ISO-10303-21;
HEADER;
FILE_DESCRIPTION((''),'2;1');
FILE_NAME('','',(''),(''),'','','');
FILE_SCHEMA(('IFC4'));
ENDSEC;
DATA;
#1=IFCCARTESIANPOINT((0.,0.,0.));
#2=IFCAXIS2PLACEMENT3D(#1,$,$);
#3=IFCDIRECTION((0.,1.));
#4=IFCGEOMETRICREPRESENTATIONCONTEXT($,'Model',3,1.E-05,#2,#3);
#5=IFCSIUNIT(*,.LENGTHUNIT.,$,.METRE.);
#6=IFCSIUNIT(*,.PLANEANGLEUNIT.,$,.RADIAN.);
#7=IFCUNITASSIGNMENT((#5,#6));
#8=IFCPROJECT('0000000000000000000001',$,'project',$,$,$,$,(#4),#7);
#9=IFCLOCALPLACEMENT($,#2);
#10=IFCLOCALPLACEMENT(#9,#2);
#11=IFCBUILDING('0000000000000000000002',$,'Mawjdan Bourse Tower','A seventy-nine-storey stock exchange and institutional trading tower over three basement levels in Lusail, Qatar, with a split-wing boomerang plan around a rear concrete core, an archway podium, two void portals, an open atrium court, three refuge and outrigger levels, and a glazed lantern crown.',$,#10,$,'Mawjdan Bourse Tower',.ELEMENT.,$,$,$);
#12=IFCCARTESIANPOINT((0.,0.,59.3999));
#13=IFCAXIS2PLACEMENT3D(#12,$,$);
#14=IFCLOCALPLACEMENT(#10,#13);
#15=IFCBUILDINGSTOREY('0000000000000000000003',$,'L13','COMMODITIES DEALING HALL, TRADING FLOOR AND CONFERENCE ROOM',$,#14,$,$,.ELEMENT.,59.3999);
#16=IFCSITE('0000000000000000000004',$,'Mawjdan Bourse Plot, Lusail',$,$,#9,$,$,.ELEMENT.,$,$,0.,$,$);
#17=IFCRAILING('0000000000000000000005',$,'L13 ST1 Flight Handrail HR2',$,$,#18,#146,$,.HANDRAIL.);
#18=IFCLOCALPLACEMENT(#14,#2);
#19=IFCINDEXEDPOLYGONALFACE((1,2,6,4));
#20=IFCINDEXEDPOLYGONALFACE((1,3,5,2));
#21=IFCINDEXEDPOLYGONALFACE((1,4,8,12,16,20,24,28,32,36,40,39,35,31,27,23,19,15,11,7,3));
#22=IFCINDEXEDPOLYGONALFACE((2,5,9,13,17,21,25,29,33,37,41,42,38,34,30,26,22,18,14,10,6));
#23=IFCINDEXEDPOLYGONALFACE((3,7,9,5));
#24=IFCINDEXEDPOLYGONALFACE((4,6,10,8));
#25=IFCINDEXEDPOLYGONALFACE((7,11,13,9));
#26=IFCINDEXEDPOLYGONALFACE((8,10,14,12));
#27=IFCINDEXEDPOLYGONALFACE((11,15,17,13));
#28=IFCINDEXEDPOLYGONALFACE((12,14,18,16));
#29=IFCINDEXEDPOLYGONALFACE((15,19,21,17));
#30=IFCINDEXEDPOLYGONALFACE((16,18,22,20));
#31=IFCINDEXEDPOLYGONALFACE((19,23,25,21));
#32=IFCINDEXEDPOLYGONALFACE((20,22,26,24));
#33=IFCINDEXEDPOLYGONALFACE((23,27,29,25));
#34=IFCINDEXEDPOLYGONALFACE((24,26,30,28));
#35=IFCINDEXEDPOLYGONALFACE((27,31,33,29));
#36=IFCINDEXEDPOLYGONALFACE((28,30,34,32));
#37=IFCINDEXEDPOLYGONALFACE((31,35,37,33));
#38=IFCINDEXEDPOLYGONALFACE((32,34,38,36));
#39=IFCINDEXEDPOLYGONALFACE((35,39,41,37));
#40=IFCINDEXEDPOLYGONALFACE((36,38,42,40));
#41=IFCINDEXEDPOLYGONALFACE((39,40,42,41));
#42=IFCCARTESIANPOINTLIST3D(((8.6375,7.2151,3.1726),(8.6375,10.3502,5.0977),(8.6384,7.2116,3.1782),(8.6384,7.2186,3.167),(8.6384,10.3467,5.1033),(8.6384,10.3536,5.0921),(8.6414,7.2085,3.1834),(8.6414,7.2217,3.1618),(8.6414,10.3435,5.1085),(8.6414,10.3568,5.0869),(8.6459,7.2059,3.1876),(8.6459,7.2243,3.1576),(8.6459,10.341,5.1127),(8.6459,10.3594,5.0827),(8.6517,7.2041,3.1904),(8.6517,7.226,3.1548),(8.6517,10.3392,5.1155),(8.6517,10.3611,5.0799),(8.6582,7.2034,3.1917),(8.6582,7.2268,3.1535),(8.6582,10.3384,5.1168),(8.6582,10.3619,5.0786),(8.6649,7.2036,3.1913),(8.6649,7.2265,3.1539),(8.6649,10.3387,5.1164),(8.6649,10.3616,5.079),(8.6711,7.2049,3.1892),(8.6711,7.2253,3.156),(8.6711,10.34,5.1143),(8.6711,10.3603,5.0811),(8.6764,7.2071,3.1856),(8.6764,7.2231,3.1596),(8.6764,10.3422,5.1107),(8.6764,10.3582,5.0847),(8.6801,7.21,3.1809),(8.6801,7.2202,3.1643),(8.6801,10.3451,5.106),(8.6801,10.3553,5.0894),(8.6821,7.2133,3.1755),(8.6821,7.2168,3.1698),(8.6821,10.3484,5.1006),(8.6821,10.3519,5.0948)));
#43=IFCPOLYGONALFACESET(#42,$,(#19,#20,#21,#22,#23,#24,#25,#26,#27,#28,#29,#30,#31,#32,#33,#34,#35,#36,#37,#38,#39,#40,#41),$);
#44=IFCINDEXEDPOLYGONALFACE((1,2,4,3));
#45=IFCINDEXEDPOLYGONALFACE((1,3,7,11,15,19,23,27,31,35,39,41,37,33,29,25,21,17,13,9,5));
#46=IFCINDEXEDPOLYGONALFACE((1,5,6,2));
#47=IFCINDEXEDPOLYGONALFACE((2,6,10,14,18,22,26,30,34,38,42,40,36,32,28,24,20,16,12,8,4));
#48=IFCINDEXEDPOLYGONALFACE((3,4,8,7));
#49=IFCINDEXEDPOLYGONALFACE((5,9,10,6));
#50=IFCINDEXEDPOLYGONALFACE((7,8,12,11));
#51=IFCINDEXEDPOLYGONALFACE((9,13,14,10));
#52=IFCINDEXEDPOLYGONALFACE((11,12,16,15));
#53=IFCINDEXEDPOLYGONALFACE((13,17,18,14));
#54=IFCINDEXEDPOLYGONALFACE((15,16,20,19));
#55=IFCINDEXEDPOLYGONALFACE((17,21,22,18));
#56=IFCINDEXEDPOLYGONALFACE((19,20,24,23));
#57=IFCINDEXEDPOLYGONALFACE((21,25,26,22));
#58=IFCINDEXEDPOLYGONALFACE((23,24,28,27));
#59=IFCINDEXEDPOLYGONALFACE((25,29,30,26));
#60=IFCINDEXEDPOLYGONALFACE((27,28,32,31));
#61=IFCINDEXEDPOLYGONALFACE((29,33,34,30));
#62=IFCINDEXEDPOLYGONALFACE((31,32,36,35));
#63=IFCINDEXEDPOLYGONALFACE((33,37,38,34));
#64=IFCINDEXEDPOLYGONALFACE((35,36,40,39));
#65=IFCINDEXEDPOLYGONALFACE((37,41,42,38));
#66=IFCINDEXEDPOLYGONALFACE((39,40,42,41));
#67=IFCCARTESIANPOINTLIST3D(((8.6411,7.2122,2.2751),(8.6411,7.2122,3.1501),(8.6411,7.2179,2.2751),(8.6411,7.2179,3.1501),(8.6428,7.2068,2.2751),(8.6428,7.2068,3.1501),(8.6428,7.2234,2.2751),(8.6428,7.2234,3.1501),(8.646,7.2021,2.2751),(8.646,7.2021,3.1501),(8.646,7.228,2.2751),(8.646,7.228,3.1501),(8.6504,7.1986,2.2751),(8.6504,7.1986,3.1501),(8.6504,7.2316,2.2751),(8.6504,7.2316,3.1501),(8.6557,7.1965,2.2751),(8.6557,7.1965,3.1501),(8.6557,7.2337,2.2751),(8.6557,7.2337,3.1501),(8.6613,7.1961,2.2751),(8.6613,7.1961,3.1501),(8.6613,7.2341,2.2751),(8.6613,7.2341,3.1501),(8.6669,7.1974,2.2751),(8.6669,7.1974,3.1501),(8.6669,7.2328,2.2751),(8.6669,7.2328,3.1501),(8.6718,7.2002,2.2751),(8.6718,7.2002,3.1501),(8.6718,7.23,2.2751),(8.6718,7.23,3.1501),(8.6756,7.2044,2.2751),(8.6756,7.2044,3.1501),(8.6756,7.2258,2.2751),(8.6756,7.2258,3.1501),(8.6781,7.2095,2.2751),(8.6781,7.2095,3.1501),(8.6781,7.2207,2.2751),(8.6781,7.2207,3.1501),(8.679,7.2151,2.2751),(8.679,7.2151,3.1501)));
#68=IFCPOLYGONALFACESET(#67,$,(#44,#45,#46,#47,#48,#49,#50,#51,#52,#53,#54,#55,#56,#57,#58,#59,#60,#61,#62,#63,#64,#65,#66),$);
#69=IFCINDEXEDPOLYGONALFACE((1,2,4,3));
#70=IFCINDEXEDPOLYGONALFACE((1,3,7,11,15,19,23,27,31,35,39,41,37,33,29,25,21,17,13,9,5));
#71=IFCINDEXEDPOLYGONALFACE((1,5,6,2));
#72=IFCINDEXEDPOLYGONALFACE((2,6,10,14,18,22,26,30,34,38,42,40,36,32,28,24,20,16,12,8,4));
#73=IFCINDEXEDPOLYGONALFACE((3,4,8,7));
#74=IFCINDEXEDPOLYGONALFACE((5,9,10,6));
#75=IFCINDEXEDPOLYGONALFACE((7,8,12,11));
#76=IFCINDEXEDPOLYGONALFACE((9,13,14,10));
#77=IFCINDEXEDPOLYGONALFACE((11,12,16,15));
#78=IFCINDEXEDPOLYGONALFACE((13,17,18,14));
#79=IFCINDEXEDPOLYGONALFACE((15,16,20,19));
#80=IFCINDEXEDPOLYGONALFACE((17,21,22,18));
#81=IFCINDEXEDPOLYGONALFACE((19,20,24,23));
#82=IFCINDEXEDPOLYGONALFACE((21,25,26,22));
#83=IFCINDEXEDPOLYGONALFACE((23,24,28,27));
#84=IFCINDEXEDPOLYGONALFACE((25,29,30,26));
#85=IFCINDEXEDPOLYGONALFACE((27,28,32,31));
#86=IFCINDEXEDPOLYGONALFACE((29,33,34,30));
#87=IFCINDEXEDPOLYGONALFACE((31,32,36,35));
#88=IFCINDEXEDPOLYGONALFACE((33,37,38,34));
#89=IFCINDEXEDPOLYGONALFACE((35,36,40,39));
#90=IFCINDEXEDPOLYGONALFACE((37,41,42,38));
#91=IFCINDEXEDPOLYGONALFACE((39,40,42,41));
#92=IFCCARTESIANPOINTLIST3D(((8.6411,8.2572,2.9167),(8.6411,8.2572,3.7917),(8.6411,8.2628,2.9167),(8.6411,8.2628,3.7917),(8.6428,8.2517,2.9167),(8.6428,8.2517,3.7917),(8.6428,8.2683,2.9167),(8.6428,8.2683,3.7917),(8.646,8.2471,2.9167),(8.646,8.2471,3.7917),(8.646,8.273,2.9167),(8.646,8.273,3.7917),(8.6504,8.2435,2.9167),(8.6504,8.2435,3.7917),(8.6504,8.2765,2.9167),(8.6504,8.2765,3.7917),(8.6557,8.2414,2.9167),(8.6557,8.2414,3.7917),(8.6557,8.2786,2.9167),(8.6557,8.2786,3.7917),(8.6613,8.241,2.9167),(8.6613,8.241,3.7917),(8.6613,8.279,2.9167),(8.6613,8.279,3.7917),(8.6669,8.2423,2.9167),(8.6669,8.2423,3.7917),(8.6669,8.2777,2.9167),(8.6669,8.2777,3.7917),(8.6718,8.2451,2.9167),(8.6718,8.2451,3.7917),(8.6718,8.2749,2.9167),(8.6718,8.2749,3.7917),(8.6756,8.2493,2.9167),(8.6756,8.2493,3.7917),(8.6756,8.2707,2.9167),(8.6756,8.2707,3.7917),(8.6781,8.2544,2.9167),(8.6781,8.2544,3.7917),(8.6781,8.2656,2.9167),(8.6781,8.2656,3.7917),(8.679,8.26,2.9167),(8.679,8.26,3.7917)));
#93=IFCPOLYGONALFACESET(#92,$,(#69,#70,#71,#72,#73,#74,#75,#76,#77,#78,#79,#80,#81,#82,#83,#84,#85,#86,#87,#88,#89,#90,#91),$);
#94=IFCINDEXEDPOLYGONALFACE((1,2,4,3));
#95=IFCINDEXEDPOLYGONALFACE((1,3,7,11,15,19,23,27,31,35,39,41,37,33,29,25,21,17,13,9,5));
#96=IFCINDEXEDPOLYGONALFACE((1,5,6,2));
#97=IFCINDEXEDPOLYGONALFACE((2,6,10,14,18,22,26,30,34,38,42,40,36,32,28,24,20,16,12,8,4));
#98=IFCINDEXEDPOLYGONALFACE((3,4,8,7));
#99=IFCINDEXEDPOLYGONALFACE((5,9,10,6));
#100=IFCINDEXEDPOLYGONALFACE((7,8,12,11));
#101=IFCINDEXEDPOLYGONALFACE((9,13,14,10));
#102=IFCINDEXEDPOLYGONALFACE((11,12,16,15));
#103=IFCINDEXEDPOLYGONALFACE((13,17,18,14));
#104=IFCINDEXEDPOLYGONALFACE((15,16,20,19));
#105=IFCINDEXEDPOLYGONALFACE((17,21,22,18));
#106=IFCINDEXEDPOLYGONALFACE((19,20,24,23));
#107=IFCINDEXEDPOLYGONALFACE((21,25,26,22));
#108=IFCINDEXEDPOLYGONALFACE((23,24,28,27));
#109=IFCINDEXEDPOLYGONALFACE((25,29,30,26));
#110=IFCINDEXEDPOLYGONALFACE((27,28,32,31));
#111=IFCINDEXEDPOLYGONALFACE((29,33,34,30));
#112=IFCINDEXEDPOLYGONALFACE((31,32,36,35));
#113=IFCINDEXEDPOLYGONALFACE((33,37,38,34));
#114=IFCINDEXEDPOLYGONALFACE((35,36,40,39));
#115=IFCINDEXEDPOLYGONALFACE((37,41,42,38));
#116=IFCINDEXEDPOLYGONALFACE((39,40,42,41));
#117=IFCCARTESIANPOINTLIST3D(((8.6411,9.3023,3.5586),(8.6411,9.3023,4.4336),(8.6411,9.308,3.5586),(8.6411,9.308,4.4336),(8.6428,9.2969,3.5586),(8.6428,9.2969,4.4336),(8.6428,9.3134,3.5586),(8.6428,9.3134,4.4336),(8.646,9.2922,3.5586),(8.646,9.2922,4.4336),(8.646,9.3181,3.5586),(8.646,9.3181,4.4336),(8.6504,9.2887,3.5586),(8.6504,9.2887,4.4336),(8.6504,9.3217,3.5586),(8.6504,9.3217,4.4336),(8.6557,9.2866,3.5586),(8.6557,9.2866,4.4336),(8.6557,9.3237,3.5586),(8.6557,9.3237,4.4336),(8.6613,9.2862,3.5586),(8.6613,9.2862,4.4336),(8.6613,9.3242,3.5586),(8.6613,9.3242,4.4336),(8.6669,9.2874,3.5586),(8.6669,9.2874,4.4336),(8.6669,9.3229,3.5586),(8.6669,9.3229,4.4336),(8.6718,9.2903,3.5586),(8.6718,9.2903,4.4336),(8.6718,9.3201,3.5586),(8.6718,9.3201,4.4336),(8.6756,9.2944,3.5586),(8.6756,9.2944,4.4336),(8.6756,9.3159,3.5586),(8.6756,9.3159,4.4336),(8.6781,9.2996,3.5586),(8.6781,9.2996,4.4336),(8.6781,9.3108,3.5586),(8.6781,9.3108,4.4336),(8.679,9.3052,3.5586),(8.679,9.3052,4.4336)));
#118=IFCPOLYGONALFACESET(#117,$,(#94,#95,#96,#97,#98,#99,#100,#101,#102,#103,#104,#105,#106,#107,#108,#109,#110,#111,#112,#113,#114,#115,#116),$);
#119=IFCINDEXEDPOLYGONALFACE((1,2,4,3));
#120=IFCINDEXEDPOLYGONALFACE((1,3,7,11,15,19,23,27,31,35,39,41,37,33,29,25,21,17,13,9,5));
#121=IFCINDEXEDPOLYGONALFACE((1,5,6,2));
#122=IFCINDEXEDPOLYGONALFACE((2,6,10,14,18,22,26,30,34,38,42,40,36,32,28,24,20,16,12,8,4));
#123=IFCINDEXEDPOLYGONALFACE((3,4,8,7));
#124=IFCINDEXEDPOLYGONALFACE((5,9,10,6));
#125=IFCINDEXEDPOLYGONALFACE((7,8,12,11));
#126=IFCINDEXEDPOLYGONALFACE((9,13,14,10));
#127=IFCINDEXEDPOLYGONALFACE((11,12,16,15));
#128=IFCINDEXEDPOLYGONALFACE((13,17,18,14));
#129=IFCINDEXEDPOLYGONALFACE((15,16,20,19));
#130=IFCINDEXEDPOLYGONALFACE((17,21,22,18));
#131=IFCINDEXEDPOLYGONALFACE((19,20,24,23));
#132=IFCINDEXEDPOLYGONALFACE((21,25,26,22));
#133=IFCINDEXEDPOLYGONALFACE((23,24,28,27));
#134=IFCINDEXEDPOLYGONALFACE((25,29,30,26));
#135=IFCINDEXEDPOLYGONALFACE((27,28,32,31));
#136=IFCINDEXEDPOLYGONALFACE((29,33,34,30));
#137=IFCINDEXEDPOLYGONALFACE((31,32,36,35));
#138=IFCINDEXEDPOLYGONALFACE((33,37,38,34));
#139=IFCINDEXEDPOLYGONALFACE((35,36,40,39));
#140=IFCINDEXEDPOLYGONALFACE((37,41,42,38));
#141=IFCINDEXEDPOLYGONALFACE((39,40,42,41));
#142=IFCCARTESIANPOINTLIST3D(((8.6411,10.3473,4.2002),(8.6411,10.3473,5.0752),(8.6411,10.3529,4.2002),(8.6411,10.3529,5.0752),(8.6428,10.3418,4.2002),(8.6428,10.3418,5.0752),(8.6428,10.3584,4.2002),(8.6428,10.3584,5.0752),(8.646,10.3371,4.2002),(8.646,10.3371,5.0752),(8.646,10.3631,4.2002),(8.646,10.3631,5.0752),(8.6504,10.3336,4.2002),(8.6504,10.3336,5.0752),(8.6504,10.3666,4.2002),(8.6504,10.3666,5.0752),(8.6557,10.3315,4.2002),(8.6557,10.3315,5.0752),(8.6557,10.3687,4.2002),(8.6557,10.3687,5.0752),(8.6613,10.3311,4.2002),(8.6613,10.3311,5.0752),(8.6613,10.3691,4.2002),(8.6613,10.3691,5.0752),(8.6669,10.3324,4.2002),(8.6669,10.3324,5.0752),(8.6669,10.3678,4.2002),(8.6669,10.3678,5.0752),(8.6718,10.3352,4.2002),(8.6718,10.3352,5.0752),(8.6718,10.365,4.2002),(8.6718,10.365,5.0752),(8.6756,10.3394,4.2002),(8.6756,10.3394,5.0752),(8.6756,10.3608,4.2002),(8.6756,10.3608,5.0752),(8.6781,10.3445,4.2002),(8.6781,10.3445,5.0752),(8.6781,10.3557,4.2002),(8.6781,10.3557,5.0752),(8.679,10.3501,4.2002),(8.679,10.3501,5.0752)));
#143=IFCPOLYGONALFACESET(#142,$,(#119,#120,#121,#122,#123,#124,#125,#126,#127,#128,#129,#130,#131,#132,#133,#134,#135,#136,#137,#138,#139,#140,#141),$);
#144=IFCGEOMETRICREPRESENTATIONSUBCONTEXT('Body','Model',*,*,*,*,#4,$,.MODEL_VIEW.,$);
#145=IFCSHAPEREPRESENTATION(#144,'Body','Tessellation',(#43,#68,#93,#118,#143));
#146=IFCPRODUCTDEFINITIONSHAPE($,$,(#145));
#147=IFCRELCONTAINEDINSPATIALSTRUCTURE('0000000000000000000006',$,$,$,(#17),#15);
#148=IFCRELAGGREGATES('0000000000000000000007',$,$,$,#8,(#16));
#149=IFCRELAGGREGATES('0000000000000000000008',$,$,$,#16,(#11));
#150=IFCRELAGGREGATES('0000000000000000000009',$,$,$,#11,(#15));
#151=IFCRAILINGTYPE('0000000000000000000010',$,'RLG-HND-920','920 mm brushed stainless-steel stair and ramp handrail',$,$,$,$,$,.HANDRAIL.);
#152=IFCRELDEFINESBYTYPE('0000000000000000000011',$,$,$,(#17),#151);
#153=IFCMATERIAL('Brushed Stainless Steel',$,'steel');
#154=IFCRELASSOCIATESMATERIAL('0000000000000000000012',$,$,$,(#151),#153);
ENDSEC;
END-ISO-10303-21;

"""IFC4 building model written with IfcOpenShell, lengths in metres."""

from ifc_helpers import new_model, si_unit, direction, frame, origin, origin_2d, place, context, subcontext, project, spatial, circle, extrude, material, type_object, element, save


model = new_model("IFC4")

# Units and contexts
model_context = context("Model", 3, precision=1e-05, world=origin(), true_north=direction((0.0, 1.0)))
body_context = subcontext(model_context, "Body", "Model", "MODEL_VIEW")
ifc_project = project(units=[si_unit("LENGTHUNIT", "METRE"), si_unit("PLANEANGLEUNIT", "RADIAN")], contexts=[model_context])

# Site, building, storey
site_placement = place(None, origin())
site = spatial("IfcSite", under=ifc_project, at=site_placement, Name="Mawjdan Bourse Plot, Lusail", CompositionType="ELEMENT", RefElevation=0.0)
building_placement = place(site_placement, origin())
building = spatial("IfcBuilding", under=site, at=building_placement, Name="Mawjdan Bourse Tower", Description="A seventy-nine-storey stock exchange and institutional trading tower over three basement levels in Lusail, Qatar, with a split-wing boomerang plan around a rear concrete core, an archway podium, two void portals, an open atrium court, three refuge and outrigger levels, and a glazed lantern crown.", LongName="Mawjdan Bourse Tower", CompositionType="ELEMENT")
storey_placement = place(building_placement, frame((0.0, 0.0, 59.3999)))
storey = spatial("IfcBuildingStorey", under=building, at=storey_placement, Name="L13", Description="COMMODITIES DEALING HALL, TRADING FLOOR AND CONFERENCE ROOM", CompositionType="ELEMENT", Elevation=59.3999)

# Railing
ifc_material_1 = material(Name="Brushed Stainless Steel", Category="steel")
railing_type_1 = type_object("IfcRailingType", Name="RLG-HND-920", Description="920 mm brushed stainless-steel stair and ramp handrail", PredefinedType="HANDRAIL", material=ifc_material_1)
railing_1_placement = place(storey_placement, frame((8.6599, 7.2151, 2.2751)))
element("IfcRailing", 1, at=railing_1_placement, inside=storey, type_object=railing_type_1, Name="L13 ST1 Flight Handrail HR2", PredefinedType="HANDRAIL", context=body_context, shape_type="SweptSolid", body=[
    extrude(circle(Radius=0.0225, at=origin_2d()), frame((0.0, 0.0, 0.8975), z_axis=(0.0, 0.852166, 0.523271), x_axis=(-1.0, 0.0, 0.0)), (0.0, 0.0, 1.0), 3.679),
    extrude(circle(Radius=0.019, at=origin_2d()), origin(), (0.0, 0.0, 1.0), 0.875),
    extrude(circle(Radius=0.019, at=origin_2d()), frame((0.0, 1.0449, 0.6416)), (0.0, 0.0, 1.0), 0.875),
    extrude(circle(Radius=0.019, at=origin_2d()), frame((0.0, 2.0901, 1.2834)), (0.0, 0.0, 1.0), 0.875),
    extrude(circle(Radius=0.019, at=origin_2d()), frame((0.0, 3.135, 1.925)), (0.0, 0.0, 1.0), 0.875),
])

save(model, "model.ifc")
